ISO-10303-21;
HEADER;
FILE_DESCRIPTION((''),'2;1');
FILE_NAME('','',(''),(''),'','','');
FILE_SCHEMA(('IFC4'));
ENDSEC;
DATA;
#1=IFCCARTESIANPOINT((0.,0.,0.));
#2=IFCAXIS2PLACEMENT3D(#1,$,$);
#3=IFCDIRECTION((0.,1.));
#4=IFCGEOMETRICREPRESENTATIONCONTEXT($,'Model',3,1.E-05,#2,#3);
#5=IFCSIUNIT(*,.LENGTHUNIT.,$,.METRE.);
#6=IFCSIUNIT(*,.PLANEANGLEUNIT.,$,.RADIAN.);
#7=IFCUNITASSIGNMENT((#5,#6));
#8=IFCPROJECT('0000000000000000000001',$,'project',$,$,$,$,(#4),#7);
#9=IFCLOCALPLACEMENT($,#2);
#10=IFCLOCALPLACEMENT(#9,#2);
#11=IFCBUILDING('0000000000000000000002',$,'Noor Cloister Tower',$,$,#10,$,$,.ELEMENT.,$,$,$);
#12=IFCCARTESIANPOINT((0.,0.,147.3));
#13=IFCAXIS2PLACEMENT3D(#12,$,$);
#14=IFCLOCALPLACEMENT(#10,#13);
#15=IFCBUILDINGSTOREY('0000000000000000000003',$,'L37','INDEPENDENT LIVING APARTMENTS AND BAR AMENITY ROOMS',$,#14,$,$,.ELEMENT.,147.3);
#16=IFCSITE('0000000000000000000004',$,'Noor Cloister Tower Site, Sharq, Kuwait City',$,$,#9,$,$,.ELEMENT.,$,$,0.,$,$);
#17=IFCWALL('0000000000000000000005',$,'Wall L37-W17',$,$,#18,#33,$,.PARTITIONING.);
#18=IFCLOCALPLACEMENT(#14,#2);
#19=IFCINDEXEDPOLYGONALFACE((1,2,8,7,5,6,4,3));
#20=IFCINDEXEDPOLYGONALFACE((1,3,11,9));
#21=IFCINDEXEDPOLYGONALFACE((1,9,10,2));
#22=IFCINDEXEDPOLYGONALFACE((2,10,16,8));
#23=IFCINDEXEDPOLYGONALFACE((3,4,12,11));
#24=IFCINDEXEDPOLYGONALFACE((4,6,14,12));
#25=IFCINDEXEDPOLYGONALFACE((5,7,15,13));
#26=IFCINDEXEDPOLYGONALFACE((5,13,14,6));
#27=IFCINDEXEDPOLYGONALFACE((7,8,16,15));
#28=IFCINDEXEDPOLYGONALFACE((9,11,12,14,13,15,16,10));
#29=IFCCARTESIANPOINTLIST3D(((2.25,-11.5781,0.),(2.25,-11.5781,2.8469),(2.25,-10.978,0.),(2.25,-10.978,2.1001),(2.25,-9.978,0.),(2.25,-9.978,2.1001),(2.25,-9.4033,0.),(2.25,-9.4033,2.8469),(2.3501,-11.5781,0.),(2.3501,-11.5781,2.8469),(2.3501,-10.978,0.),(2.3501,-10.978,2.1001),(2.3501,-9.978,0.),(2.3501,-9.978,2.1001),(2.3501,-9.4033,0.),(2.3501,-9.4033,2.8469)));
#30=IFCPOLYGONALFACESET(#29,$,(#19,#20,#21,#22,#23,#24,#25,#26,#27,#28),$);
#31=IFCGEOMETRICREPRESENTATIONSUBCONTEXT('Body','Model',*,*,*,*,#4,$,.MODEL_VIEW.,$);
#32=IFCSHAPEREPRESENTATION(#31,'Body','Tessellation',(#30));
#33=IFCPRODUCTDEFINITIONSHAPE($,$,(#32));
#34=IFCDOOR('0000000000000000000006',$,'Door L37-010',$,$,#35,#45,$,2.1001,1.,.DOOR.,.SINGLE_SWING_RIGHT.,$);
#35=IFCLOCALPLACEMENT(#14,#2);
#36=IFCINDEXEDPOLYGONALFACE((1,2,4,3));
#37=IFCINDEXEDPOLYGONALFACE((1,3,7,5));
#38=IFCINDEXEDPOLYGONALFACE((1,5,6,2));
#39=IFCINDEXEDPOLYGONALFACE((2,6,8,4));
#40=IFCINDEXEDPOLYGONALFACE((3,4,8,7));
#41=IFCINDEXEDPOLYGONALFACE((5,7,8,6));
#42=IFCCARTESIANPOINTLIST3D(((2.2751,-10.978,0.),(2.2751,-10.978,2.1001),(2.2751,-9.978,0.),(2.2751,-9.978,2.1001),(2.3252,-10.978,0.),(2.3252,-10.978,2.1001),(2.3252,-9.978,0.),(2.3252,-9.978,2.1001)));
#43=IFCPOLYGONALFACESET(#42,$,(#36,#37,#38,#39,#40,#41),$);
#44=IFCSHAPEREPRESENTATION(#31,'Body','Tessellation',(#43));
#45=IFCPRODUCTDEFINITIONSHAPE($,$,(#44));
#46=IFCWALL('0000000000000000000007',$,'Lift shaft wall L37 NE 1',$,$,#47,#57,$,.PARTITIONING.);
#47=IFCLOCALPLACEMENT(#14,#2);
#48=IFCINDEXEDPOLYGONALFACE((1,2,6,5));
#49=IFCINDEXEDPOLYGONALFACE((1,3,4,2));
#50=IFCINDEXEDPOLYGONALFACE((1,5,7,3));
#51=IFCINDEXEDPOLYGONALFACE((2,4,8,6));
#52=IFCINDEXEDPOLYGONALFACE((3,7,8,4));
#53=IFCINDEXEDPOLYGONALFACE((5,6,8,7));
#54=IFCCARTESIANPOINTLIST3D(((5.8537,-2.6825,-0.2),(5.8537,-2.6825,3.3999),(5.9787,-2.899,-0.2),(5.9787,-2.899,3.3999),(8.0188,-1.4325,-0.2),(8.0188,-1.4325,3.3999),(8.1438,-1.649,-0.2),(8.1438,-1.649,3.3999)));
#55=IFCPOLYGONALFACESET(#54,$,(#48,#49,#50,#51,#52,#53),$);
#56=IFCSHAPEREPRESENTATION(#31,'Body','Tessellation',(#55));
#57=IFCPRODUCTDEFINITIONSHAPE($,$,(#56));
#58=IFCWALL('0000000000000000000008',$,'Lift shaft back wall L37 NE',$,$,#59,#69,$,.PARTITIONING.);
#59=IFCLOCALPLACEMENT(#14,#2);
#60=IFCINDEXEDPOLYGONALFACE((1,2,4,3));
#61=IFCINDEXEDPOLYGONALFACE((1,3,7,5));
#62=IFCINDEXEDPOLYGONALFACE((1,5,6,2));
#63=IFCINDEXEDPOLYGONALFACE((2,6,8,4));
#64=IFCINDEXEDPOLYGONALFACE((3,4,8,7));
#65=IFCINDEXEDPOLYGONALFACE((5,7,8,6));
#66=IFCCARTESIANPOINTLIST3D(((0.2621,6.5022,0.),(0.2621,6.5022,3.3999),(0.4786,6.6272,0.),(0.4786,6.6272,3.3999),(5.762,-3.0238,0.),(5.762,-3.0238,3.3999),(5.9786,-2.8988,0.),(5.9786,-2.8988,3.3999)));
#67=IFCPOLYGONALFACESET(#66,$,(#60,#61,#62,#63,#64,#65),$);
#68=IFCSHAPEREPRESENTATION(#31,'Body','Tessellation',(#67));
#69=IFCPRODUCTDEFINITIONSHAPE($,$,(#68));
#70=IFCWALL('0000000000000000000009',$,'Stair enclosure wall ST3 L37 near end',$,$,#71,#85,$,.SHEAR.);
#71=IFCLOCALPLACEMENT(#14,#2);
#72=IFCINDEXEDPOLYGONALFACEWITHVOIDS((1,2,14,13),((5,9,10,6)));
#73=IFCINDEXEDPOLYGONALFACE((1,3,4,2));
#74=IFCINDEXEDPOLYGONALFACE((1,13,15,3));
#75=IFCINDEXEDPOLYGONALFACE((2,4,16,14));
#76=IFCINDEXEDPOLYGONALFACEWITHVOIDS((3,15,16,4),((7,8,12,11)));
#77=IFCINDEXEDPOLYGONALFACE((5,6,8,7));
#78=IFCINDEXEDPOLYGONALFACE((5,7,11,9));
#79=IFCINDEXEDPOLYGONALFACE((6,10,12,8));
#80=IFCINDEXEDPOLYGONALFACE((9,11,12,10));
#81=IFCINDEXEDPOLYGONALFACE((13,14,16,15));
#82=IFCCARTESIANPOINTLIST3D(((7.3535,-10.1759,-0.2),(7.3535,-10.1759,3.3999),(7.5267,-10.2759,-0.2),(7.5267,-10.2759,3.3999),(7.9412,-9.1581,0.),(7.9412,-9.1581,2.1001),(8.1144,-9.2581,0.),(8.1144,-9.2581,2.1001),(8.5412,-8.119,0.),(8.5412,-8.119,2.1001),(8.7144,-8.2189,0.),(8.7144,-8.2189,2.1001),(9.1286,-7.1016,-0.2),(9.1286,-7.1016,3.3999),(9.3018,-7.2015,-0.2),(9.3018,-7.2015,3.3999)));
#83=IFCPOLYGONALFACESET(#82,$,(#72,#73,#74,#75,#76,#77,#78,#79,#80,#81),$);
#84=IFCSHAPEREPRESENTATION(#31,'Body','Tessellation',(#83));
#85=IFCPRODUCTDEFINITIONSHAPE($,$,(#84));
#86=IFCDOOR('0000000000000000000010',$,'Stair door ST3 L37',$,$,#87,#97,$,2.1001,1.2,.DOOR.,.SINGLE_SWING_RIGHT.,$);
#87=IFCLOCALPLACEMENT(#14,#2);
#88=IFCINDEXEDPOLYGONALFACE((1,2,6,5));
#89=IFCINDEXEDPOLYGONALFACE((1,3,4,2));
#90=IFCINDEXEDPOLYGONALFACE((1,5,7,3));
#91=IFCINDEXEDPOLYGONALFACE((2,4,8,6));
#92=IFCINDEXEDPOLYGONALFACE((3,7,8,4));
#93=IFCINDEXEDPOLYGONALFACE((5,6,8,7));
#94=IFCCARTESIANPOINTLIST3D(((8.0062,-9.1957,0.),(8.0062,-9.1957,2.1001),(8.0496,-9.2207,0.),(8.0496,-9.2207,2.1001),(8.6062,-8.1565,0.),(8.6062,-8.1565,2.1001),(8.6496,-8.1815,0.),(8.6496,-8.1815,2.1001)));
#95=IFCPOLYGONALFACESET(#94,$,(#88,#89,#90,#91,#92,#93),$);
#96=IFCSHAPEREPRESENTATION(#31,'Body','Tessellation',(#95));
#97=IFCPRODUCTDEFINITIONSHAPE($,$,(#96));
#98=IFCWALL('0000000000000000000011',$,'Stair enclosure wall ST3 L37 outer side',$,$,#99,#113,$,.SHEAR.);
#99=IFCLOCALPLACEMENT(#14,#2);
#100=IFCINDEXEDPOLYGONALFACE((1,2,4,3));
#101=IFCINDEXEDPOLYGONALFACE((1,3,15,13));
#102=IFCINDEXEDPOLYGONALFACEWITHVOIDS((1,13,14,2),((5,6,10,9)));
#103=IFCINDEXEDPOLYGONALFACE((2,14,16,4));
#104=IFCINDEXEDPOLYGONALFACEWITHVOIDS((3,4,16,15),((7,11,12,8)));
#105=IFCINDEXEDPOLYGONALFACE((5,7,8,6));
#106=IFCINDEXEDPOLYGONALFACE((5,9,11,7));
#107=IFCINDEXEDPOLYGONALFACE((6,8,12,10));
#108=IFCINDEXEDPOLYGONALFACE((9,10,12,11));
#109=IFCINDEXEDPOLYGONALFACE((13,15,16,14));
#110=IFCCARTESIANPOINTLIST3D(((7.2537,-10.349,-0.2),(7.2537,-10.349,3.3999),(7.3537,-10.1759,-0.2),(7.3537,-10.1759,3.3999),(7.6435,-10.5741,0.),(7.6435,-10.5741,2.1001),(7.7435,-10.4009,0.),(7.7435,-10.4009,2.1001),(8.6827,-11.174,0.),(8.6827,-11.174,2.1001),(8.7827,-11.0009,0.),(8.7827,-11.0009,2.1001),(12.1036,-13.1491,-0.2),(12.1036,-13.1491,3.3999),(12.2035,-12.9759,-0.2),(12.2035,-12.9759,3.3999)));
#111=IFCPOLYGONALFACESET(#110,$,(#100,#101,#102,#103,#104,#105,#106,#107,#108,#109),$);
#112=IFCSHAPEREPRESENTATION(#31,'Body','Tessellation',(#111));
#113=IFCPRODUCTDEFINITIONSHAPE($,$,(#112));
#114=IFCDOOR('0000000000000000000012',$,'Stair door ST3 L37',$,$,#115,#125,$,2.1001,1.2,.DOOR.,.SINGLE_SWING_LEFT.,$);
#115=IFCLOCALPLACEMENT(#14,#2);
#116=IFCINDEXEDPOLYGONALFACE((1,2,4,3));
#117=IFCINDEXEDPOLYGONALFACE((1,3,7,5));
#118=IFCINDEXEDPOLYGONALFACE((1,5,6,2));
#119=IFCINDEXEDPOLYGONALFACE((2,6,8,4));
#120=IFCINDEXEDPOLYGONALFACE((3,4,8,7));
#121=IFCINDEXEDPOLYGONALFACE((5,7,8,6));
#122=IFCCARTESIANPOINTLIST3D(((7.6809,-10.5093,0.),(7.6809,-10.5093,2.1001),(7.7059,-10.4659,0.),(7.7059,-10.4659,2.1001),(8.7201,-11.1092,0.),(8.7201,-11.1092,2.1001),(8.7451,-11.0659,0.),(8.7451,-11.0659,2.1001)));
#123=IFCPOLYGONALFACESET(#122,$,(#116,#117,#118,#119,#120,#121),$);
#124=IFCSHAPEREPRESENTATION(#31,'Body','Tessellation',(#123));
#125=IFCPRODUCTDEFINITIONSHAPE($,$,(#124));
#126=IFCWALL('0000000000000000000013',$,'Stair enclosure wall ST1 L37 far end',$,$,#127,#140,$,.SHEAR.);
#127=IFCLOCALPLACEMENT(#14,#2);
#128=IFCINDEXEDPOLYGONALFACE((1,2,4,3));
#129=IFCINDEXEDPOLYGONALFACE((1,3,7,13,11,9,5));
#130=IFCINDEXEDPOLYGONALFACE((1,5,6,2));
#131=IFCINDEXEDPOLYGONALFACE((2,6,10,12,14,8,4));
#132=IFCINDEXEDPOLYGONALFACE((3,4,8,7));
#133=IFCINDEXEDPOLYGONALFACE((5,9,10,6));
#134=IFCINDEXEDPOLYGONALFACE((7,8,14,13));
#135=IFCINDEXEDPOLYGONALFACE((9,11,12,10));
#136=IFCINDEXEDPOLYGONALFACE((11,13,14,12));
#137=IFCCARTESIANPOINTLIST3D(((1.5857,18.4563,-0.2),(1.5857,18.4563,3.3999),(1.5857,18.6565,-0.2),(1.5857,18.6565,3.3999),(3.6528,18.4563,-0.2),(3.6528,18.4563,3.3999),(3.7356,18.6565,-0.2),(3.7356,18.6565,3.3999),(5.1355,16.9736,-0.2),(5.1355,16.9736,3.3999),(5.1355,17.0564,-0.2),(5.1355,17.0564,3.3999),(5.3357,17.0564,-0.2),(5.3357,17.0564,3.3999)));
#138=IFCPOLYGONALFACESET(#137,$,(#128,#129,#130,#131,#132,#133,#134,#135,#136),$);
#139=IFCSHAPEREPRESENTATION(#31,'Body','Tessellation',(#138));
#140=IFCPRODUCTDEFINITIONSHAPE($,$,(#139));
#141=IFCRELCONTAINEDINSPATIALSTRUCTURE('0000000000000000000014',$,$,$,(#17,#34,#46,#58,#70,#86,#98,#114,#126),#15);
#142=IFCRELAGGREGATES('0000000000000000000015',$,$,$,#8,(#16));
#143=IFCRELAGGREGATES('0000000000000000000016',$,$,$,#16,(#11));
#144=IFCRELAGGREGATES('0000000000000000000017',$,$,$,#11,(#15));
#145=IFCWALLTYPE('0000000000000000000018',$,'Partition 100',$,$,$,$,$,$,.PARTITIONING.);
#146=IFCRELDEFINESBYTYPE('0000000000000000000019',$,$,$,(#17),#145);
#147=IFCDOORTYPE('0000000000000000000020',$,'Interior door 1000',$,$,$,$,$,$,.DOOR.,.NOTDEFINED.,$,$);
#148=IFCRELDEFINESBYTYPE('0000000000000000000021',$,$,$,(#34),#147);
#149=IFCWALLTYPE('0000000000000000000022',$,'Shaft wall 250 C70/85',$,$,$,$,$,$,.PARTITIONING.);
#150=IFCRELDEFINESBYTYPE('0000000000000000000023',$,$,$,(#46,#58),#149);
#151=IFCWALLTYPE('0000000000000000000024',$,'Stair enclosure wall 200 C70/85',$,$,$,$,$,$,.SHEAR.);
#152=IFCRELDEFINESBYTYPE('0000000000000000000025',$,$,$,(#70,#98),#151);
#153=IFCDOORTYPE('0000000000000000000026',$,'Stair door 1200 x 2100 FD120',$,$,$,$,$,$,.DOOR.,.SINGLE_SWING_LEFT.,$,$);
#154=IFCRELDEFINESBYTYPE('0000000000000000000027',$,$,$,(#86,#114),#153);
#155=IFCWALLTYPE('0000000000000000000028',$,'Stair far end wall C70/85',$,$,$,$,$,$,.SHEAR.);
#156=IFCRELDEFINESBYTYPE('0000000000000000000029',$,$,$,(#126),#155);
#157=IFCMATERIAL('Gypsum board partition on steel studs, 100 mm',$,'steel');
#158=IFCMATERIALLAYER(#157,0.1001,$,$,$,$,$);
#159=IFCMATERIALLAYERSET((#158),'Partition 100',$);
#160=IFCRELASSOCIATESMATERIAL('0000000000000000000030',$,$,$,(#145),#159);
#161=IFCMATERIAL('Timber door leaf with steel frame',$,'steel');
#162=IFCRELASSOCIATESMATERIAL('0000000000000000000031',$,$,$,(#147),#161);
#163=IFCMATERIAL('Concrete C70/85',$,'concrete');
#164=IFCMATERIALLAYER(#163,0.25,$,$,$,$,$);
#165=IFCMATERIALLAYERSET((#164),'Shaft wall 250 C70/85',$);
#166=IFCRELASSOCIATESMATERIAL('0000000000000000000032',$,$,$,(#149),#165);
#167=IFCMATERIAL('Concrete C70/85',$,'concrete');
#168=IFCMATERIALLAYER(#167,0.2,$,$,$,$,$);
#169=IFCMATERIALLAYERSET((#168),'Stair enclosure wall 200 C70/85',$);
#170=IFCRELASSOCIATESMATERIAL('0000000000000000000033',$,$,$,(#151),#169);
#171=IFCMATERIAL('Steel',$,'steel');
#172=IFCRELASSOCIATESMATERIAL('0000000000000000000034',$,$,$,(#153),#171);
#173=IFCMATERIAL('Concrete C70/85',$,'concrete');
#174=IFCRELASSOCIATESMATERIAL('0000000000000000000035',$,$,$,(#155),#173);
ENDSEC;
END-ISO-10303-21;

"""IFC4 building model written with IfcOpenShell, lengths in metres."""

from ifc_helpers import new_model, si_unit, direction, frame, frame_2d, origin, place, context, subcontext, project, spatial, polyline, rectangle, outline, extrude, material, layer, layer_set, type_object, element, fill, save


model = new_model("IFC4")

# Units and contexts
model_context = context("Model", 3, precision=1e-05, world=origin(), true_north=direction((0.0, 1.0)))
body_context = subcontext(model_context, "Body", "Model", "MODEL_VIEW")
ifc_project = project(units=[si_unit("LENGTHUNIT", "METRE"), si_unit("PLANEANGLEUNIT", "RADIAN")], contexts=[model_context])

# Site, building, storey
site_placement = place(None, origin())
site = spatial("IfcSite", under=ifc_project, at=site_placement, Name="Noor Cloister Tower Site, Sharq, Kuwait City", CompositionType="ELEMENT", RefElevation=0.0)
building_placement = place(site_placement, origin())
building = spatial("IfcBuilding", under=site, at=building_placement, Name="Noor Cloister Tower", CompositionType="ELEMENT")
storey_placement = place(building_placement, frame((0.0, 0.0, 147.3)))
storey = spatial("IfcBuildingStorey", under=building, at=storey_placement, Name="L37", Description="INDEPENDENT LIVING APARTMENTS AND BAR AMENITY ROOMS", CompositionType="ELEMENT", Elevation=147.3)

# Shared definitions
ifc_material_1 = material(Name="Gypsum board partition on steel studs, 100 mm", Category="steel")
ifc_layer_1 = layer(ifc_material_1, 0.1001)
ifc_layer_set_1 = layer_set([ifc_layer_1], Name="Partition 100")
wall_type_1 = type_object("IfcWallType", Name="Partition 100", PredefinedType="PARTITIONING", material=ifc_layer_set_1)

# Wall, opening, door
wall_1_placement = place(storey_placement, frame((2.3, -11.5781, 0.0), z_axis=(0.0, 0.0, 1.0), x_axis=(0.0, 1.0, 0.0)))
wall_1 = element("IfcWall", 1, at=wall_1_placement, inside=storey, type_object=wall_type_1, Name="Wall L37-W17", PredefinedType="PARTITIONING", context=body_context, shape_type="SweptSolid", body=[
    extrude(rectangle(XDim=2.1748, YDim=0.1001, at=frame_2d((1.0874, 0.0))), origin(), (0.0, 0.0, 1.0), 2.8469),
])
opening_1_placement = place(wall_1_placement, frame((0.6001, 0.0, 0.0)))
opening_1 = element("IfcOpeningElement", 2, at=opening_1_placement, cuts=wall_1, PredefinedType="OPENING", context=body_context, shape_type="SweptSolid", body=[
    extrude(rectangle(XDim=1.0, YDim=2.1001, at=frame_2d((0.5, 1.05))), frame((0.0, 0.0601, 0.0), z_axis=(0.0, -1.0, 0.0), x_axis=(1.0, 0.0, 0.0)), (0.0, 0.0, 1.0), 0.1201),
])
ifc_material_2 = material(Name="Timber door leaf with steel frame", Category="steel")
door_type_1 = type_object("IfcDoorType", Name="Interior door 1000", OperationType="NOTDEFINED", PredefinedType="DOOR", material=ifc_material_2)
door_1_placement = place(opening_1_placement, origin())
door_1 = element("IfcDoor", 3, at=door_1_placement, inside=storey, type_object=door_type_1, Name="Door L37-010", OperationType="SINGLE_SWING_RIGHT", OverallHeight=2.1001, OverallWidth=1.0, PredefinedType="DOOR", context=body_context, shape_type="SweptSolid", body=[
    extrude(rectangle(XDim=1.0, YDim=2.1001, at=frame_2d((0.5, 1.05))), frame((0.0, 0.0249, 0.0), z_axis=(0.0, -1.0, 0.0), x_axis=(1.0, 0.0, 0.0)), (0.0, 0.0, 1.0), 0.05),
])
fill(opening_1, door_1)

# Walls
ifc_material_3 = material(Name="Concrete C70/85", Category="concrete")
ifc_layer_2 = layer(ifc_material_3, 0.25)
ifc_layer_set_2 = layer_set([ifc_layer_2], Name="Shaft wall 250 C70/85")
wall_type_2 = type_object("IfcWallType", Name="Shaft wall 250 C70/85", PredefinedType="PARTITIONING", material=ifc_layer_set_2)
wall_2_placement = place(storey_placement, frame((8.0813, -1.5408, -0.2), z_axis=(0.0, 0.0, 1.0), x_axis=(-0.866023, -0.500004, 0.0)))
element("IfcWall", 4, at=wall_2_placement, inside=storey, type_object=wall_type_2, Name="Lift shaft wall L37 NE 1", PredefinedType="PARTITIONING", context=body_context, shape_type="SweptSolid", body=[
    extrude(rectangle(XDim=2.5, YDim=0.25, at=frame_2d((1.25, 0.0))), origin(), (0.0, 0.0, 1.0), 3.5999),
])
wall_3_placement = place(storey_placement, frame((5.8704, -2.9614, 0.0), z_axis=(0.0, 0.0, 1.0), x_axis=(-0.500006, 0.866022, 0.0)))
element("IfcWall", 5, at=wall_3_placement, inside=storey, type_object=wall_type_2, Name="Lift shaft back wall L37 NE", PredefinedType="PARTITIONING", context=body_context, shape_type="SweptSolid", body=[
    extrude(rectangle(XDim=10.9998, YDim=0.25, at=frame_2d((5.5, 0.0))), origin(), (0.0, 0.0, 1.0), 3.3999),
])

# Walls, openings, doors
ifc_material_4 = material(Name="Concrete C70/85", Category="concrete")
ifc_layer_3 = layer(ifc_material_4, 0.2)
ifc_layer_set_3 = layer_set([ifc_layer_3], Name="Stair enclosure wall 200 C70/85")
wall_type_3 = type_object("IfcWallType", Name="Stair enclosure wall 200 C70/85", PredefinedType="SHEAR", material=ifc_layer_set_3)
wall_4_placement = place(storey_placement, frame((7.4402, -10.2258, -0.2), z_axis=(0.0, 0.0, 1.0), x_axis=(0.500022, 0.866013, 0.0)))
wall_4 = element("IfcWall", 6, at=wall_4_placement, inside=storey, type_object=wall_type_3, Name="Stair enclosure wall ST3 L37 near end", PredefinedType="SHEAR", context=body_context, shape_type="SweptSolid", body=[
    extrude(rectangle(XDim=3.55, YDim=0.2, at=frame_2d((1.7749, 0.0))), origin(), (0.0, 0.0, 1.0), 3.5999),
])
opening_2_placement = place(wall_4_placement, frame((1.175, 0.0, 0.2)))
opening_2 = element("IfcOpeningElement", 7, at=opening_2_placement, cuts=wall_4, PredefinedType="OPENING", context=body_context, shape_type="SweptSolid", body=[
    extrude(rectangle(XDim=1.2, YDim=2.1001, at=frame_2d((0.6001, 1.05))), frame((0.0, 0.1099, 0.0), z_axis=(0.0, -1.0, 0.0), x_axis=(1.0, 0.0, 0.0)), (0.0, 0.0, 1.0), 0.22),
])
ifc_material_5 = material(Name="Steel", Category="steel")
door_type_2 = type_object("IfcDoorType", Name="Stair door 1200 x 2100 FD120", OperationType="SINGLE_SWING_LEFT", PredefinedType="DOOR", material=ifc_material_5)
door_2_placement = place(opening_2_placement, origin())
door_2 = element("IfcDoor", 8, at=door_2_placement, inside=storey, type_object=door_type_2, Name="Stair door ST3 L37", OperationType="SINGLE_SWING_RIGHT", OverallHeight=2.1001, OverallWidth=1.2, PredefinedType="DOOR", context=body_context, shape_type="SweptSolid", body=[
    extrude(rectangle(XDim=1.2, YDim=2.1001, at=frame_2d((0.6001, 1.05))), frame((0.0, 0.0249, 0.0), z_axis=(0.0, -1.0, 0.0), x_axis=(1.0, 0.0, 0.0)), (0.0, 0.0, 1.0), 0.05),
])
fill(opening_2, door_2)
wall_5_placement = place(storey_placement, frame((7.3037, -10.2625, -0.2), z_axis=(0.0, 0.0, 1.0), x_axis=(0.866027, -0.499998, 0.0)))
wall_5 = element("IfcWall", 9, at=wall_5_placement, inside=storey, type_object=wall_type_3, Name="Stair enclosure wall ST3 L37 outer side", PredefinedType="SHEAR", context=body_context, shape_type="SweptSolid", body=[
    extrude(rectangle(XDim=5.6001, YDim=0.2, at=frame_2d((2.8, 0.0))), origin(), (0.0, 0.0, 1.0), 3.5999),
])
opening_3_placement = place(wall_5_placement, frame((0.45, 0.0, 0.2)))
opening_3 = element("IfcOpeningElement", 10, at=opening_3_placement, cuts=wall_5, PredefinedType="OPENING", context=body_context, shape_type="SweptSolid", body=[
    extrude(rectangle(XDim=1.2, YDim=2.1001, at=frame_2d((0.6001, 1.05))), frame((0.0, 0.1099, 0.0), z_axis=(0.0, -1.0, 0.0), x_axis=(1.0, 0.0, 0.0)), (0.0, 0.0, 1.0), 0.22),
])
door_3_placement = place(opening_3_placement, origin())
door_3 = element("IfcDoor", 11, at=door_3_placement, inside=storey, type_object=door_type_2, Name="Stair door ST3 L37", OperationType="SINGLE_SWING_LEFT", OverallHeight=2.1001, OverallWidth=1.2, PredefinedType="DOOR", context=body_context, shape_type="SweptSolid", body=[
    extrude(rectangle(XDim=1.2, YDim=2.1001, at=frame_2d((0.6001, 1.05))), frame((0.0, 0.0249, 0.0), z_axis=(0.0, -1.0, 0.0), x_axis=(1.0, 0.0, 0.0)), (0.0, 0.0, 1.0), 0.05),
])
fill(opening_3, door_3)

# Wall
ifc_material_6 = material(Name="Concrete C70/85", Category="concrete")
wall_type_4 = type_object("IfcWallType", Name="Stair far end wall C70/85", PredefinedType="SHEAR", material=ifc_material_6)
wall_6_placement = place(storey_placement, frame((0.0, 0.0, -0.2)))
element("IfcWall", 12, at=wall_6_placement, inside=storey, type_object=wall_type_4, Name="Stair enclosure wall ST1 L37 far end", PredefinedType="SHEAR", context=body_context, shape_type="SweptSolid", body=[
    extrude(outline(polyline([(5.3357, 17.0564), (3.7356, 18.6565), (1.5857, 18.6565), (1.5857, 18.4563), (3.6528, 18.4563), (5.1355, 16.9736), (5.1355, 17.0564), (5.1355, 17.0564), (5.1355, 17.0564), (5.1355, 17.0564), (5.1355, 17.0564), (5.1355, 17.0564), (5.1355, 17.0564), (5.1355, 17.0564), (5.1355, 17.0564), (5.1355, 17.0564), (5.1355, 17.0564), (5.1355, 17.0564), (5.1355, 17.0564), (5.1355, 17.0564), (5.1355, 17.0564), (5.1355, 17.0564), (5.1355, 17.0564), (5.3357, 17.0564)])), origin(), (0.0, 0.0, 1.0), 3.5999),
])

save(model, "model.ifc")
